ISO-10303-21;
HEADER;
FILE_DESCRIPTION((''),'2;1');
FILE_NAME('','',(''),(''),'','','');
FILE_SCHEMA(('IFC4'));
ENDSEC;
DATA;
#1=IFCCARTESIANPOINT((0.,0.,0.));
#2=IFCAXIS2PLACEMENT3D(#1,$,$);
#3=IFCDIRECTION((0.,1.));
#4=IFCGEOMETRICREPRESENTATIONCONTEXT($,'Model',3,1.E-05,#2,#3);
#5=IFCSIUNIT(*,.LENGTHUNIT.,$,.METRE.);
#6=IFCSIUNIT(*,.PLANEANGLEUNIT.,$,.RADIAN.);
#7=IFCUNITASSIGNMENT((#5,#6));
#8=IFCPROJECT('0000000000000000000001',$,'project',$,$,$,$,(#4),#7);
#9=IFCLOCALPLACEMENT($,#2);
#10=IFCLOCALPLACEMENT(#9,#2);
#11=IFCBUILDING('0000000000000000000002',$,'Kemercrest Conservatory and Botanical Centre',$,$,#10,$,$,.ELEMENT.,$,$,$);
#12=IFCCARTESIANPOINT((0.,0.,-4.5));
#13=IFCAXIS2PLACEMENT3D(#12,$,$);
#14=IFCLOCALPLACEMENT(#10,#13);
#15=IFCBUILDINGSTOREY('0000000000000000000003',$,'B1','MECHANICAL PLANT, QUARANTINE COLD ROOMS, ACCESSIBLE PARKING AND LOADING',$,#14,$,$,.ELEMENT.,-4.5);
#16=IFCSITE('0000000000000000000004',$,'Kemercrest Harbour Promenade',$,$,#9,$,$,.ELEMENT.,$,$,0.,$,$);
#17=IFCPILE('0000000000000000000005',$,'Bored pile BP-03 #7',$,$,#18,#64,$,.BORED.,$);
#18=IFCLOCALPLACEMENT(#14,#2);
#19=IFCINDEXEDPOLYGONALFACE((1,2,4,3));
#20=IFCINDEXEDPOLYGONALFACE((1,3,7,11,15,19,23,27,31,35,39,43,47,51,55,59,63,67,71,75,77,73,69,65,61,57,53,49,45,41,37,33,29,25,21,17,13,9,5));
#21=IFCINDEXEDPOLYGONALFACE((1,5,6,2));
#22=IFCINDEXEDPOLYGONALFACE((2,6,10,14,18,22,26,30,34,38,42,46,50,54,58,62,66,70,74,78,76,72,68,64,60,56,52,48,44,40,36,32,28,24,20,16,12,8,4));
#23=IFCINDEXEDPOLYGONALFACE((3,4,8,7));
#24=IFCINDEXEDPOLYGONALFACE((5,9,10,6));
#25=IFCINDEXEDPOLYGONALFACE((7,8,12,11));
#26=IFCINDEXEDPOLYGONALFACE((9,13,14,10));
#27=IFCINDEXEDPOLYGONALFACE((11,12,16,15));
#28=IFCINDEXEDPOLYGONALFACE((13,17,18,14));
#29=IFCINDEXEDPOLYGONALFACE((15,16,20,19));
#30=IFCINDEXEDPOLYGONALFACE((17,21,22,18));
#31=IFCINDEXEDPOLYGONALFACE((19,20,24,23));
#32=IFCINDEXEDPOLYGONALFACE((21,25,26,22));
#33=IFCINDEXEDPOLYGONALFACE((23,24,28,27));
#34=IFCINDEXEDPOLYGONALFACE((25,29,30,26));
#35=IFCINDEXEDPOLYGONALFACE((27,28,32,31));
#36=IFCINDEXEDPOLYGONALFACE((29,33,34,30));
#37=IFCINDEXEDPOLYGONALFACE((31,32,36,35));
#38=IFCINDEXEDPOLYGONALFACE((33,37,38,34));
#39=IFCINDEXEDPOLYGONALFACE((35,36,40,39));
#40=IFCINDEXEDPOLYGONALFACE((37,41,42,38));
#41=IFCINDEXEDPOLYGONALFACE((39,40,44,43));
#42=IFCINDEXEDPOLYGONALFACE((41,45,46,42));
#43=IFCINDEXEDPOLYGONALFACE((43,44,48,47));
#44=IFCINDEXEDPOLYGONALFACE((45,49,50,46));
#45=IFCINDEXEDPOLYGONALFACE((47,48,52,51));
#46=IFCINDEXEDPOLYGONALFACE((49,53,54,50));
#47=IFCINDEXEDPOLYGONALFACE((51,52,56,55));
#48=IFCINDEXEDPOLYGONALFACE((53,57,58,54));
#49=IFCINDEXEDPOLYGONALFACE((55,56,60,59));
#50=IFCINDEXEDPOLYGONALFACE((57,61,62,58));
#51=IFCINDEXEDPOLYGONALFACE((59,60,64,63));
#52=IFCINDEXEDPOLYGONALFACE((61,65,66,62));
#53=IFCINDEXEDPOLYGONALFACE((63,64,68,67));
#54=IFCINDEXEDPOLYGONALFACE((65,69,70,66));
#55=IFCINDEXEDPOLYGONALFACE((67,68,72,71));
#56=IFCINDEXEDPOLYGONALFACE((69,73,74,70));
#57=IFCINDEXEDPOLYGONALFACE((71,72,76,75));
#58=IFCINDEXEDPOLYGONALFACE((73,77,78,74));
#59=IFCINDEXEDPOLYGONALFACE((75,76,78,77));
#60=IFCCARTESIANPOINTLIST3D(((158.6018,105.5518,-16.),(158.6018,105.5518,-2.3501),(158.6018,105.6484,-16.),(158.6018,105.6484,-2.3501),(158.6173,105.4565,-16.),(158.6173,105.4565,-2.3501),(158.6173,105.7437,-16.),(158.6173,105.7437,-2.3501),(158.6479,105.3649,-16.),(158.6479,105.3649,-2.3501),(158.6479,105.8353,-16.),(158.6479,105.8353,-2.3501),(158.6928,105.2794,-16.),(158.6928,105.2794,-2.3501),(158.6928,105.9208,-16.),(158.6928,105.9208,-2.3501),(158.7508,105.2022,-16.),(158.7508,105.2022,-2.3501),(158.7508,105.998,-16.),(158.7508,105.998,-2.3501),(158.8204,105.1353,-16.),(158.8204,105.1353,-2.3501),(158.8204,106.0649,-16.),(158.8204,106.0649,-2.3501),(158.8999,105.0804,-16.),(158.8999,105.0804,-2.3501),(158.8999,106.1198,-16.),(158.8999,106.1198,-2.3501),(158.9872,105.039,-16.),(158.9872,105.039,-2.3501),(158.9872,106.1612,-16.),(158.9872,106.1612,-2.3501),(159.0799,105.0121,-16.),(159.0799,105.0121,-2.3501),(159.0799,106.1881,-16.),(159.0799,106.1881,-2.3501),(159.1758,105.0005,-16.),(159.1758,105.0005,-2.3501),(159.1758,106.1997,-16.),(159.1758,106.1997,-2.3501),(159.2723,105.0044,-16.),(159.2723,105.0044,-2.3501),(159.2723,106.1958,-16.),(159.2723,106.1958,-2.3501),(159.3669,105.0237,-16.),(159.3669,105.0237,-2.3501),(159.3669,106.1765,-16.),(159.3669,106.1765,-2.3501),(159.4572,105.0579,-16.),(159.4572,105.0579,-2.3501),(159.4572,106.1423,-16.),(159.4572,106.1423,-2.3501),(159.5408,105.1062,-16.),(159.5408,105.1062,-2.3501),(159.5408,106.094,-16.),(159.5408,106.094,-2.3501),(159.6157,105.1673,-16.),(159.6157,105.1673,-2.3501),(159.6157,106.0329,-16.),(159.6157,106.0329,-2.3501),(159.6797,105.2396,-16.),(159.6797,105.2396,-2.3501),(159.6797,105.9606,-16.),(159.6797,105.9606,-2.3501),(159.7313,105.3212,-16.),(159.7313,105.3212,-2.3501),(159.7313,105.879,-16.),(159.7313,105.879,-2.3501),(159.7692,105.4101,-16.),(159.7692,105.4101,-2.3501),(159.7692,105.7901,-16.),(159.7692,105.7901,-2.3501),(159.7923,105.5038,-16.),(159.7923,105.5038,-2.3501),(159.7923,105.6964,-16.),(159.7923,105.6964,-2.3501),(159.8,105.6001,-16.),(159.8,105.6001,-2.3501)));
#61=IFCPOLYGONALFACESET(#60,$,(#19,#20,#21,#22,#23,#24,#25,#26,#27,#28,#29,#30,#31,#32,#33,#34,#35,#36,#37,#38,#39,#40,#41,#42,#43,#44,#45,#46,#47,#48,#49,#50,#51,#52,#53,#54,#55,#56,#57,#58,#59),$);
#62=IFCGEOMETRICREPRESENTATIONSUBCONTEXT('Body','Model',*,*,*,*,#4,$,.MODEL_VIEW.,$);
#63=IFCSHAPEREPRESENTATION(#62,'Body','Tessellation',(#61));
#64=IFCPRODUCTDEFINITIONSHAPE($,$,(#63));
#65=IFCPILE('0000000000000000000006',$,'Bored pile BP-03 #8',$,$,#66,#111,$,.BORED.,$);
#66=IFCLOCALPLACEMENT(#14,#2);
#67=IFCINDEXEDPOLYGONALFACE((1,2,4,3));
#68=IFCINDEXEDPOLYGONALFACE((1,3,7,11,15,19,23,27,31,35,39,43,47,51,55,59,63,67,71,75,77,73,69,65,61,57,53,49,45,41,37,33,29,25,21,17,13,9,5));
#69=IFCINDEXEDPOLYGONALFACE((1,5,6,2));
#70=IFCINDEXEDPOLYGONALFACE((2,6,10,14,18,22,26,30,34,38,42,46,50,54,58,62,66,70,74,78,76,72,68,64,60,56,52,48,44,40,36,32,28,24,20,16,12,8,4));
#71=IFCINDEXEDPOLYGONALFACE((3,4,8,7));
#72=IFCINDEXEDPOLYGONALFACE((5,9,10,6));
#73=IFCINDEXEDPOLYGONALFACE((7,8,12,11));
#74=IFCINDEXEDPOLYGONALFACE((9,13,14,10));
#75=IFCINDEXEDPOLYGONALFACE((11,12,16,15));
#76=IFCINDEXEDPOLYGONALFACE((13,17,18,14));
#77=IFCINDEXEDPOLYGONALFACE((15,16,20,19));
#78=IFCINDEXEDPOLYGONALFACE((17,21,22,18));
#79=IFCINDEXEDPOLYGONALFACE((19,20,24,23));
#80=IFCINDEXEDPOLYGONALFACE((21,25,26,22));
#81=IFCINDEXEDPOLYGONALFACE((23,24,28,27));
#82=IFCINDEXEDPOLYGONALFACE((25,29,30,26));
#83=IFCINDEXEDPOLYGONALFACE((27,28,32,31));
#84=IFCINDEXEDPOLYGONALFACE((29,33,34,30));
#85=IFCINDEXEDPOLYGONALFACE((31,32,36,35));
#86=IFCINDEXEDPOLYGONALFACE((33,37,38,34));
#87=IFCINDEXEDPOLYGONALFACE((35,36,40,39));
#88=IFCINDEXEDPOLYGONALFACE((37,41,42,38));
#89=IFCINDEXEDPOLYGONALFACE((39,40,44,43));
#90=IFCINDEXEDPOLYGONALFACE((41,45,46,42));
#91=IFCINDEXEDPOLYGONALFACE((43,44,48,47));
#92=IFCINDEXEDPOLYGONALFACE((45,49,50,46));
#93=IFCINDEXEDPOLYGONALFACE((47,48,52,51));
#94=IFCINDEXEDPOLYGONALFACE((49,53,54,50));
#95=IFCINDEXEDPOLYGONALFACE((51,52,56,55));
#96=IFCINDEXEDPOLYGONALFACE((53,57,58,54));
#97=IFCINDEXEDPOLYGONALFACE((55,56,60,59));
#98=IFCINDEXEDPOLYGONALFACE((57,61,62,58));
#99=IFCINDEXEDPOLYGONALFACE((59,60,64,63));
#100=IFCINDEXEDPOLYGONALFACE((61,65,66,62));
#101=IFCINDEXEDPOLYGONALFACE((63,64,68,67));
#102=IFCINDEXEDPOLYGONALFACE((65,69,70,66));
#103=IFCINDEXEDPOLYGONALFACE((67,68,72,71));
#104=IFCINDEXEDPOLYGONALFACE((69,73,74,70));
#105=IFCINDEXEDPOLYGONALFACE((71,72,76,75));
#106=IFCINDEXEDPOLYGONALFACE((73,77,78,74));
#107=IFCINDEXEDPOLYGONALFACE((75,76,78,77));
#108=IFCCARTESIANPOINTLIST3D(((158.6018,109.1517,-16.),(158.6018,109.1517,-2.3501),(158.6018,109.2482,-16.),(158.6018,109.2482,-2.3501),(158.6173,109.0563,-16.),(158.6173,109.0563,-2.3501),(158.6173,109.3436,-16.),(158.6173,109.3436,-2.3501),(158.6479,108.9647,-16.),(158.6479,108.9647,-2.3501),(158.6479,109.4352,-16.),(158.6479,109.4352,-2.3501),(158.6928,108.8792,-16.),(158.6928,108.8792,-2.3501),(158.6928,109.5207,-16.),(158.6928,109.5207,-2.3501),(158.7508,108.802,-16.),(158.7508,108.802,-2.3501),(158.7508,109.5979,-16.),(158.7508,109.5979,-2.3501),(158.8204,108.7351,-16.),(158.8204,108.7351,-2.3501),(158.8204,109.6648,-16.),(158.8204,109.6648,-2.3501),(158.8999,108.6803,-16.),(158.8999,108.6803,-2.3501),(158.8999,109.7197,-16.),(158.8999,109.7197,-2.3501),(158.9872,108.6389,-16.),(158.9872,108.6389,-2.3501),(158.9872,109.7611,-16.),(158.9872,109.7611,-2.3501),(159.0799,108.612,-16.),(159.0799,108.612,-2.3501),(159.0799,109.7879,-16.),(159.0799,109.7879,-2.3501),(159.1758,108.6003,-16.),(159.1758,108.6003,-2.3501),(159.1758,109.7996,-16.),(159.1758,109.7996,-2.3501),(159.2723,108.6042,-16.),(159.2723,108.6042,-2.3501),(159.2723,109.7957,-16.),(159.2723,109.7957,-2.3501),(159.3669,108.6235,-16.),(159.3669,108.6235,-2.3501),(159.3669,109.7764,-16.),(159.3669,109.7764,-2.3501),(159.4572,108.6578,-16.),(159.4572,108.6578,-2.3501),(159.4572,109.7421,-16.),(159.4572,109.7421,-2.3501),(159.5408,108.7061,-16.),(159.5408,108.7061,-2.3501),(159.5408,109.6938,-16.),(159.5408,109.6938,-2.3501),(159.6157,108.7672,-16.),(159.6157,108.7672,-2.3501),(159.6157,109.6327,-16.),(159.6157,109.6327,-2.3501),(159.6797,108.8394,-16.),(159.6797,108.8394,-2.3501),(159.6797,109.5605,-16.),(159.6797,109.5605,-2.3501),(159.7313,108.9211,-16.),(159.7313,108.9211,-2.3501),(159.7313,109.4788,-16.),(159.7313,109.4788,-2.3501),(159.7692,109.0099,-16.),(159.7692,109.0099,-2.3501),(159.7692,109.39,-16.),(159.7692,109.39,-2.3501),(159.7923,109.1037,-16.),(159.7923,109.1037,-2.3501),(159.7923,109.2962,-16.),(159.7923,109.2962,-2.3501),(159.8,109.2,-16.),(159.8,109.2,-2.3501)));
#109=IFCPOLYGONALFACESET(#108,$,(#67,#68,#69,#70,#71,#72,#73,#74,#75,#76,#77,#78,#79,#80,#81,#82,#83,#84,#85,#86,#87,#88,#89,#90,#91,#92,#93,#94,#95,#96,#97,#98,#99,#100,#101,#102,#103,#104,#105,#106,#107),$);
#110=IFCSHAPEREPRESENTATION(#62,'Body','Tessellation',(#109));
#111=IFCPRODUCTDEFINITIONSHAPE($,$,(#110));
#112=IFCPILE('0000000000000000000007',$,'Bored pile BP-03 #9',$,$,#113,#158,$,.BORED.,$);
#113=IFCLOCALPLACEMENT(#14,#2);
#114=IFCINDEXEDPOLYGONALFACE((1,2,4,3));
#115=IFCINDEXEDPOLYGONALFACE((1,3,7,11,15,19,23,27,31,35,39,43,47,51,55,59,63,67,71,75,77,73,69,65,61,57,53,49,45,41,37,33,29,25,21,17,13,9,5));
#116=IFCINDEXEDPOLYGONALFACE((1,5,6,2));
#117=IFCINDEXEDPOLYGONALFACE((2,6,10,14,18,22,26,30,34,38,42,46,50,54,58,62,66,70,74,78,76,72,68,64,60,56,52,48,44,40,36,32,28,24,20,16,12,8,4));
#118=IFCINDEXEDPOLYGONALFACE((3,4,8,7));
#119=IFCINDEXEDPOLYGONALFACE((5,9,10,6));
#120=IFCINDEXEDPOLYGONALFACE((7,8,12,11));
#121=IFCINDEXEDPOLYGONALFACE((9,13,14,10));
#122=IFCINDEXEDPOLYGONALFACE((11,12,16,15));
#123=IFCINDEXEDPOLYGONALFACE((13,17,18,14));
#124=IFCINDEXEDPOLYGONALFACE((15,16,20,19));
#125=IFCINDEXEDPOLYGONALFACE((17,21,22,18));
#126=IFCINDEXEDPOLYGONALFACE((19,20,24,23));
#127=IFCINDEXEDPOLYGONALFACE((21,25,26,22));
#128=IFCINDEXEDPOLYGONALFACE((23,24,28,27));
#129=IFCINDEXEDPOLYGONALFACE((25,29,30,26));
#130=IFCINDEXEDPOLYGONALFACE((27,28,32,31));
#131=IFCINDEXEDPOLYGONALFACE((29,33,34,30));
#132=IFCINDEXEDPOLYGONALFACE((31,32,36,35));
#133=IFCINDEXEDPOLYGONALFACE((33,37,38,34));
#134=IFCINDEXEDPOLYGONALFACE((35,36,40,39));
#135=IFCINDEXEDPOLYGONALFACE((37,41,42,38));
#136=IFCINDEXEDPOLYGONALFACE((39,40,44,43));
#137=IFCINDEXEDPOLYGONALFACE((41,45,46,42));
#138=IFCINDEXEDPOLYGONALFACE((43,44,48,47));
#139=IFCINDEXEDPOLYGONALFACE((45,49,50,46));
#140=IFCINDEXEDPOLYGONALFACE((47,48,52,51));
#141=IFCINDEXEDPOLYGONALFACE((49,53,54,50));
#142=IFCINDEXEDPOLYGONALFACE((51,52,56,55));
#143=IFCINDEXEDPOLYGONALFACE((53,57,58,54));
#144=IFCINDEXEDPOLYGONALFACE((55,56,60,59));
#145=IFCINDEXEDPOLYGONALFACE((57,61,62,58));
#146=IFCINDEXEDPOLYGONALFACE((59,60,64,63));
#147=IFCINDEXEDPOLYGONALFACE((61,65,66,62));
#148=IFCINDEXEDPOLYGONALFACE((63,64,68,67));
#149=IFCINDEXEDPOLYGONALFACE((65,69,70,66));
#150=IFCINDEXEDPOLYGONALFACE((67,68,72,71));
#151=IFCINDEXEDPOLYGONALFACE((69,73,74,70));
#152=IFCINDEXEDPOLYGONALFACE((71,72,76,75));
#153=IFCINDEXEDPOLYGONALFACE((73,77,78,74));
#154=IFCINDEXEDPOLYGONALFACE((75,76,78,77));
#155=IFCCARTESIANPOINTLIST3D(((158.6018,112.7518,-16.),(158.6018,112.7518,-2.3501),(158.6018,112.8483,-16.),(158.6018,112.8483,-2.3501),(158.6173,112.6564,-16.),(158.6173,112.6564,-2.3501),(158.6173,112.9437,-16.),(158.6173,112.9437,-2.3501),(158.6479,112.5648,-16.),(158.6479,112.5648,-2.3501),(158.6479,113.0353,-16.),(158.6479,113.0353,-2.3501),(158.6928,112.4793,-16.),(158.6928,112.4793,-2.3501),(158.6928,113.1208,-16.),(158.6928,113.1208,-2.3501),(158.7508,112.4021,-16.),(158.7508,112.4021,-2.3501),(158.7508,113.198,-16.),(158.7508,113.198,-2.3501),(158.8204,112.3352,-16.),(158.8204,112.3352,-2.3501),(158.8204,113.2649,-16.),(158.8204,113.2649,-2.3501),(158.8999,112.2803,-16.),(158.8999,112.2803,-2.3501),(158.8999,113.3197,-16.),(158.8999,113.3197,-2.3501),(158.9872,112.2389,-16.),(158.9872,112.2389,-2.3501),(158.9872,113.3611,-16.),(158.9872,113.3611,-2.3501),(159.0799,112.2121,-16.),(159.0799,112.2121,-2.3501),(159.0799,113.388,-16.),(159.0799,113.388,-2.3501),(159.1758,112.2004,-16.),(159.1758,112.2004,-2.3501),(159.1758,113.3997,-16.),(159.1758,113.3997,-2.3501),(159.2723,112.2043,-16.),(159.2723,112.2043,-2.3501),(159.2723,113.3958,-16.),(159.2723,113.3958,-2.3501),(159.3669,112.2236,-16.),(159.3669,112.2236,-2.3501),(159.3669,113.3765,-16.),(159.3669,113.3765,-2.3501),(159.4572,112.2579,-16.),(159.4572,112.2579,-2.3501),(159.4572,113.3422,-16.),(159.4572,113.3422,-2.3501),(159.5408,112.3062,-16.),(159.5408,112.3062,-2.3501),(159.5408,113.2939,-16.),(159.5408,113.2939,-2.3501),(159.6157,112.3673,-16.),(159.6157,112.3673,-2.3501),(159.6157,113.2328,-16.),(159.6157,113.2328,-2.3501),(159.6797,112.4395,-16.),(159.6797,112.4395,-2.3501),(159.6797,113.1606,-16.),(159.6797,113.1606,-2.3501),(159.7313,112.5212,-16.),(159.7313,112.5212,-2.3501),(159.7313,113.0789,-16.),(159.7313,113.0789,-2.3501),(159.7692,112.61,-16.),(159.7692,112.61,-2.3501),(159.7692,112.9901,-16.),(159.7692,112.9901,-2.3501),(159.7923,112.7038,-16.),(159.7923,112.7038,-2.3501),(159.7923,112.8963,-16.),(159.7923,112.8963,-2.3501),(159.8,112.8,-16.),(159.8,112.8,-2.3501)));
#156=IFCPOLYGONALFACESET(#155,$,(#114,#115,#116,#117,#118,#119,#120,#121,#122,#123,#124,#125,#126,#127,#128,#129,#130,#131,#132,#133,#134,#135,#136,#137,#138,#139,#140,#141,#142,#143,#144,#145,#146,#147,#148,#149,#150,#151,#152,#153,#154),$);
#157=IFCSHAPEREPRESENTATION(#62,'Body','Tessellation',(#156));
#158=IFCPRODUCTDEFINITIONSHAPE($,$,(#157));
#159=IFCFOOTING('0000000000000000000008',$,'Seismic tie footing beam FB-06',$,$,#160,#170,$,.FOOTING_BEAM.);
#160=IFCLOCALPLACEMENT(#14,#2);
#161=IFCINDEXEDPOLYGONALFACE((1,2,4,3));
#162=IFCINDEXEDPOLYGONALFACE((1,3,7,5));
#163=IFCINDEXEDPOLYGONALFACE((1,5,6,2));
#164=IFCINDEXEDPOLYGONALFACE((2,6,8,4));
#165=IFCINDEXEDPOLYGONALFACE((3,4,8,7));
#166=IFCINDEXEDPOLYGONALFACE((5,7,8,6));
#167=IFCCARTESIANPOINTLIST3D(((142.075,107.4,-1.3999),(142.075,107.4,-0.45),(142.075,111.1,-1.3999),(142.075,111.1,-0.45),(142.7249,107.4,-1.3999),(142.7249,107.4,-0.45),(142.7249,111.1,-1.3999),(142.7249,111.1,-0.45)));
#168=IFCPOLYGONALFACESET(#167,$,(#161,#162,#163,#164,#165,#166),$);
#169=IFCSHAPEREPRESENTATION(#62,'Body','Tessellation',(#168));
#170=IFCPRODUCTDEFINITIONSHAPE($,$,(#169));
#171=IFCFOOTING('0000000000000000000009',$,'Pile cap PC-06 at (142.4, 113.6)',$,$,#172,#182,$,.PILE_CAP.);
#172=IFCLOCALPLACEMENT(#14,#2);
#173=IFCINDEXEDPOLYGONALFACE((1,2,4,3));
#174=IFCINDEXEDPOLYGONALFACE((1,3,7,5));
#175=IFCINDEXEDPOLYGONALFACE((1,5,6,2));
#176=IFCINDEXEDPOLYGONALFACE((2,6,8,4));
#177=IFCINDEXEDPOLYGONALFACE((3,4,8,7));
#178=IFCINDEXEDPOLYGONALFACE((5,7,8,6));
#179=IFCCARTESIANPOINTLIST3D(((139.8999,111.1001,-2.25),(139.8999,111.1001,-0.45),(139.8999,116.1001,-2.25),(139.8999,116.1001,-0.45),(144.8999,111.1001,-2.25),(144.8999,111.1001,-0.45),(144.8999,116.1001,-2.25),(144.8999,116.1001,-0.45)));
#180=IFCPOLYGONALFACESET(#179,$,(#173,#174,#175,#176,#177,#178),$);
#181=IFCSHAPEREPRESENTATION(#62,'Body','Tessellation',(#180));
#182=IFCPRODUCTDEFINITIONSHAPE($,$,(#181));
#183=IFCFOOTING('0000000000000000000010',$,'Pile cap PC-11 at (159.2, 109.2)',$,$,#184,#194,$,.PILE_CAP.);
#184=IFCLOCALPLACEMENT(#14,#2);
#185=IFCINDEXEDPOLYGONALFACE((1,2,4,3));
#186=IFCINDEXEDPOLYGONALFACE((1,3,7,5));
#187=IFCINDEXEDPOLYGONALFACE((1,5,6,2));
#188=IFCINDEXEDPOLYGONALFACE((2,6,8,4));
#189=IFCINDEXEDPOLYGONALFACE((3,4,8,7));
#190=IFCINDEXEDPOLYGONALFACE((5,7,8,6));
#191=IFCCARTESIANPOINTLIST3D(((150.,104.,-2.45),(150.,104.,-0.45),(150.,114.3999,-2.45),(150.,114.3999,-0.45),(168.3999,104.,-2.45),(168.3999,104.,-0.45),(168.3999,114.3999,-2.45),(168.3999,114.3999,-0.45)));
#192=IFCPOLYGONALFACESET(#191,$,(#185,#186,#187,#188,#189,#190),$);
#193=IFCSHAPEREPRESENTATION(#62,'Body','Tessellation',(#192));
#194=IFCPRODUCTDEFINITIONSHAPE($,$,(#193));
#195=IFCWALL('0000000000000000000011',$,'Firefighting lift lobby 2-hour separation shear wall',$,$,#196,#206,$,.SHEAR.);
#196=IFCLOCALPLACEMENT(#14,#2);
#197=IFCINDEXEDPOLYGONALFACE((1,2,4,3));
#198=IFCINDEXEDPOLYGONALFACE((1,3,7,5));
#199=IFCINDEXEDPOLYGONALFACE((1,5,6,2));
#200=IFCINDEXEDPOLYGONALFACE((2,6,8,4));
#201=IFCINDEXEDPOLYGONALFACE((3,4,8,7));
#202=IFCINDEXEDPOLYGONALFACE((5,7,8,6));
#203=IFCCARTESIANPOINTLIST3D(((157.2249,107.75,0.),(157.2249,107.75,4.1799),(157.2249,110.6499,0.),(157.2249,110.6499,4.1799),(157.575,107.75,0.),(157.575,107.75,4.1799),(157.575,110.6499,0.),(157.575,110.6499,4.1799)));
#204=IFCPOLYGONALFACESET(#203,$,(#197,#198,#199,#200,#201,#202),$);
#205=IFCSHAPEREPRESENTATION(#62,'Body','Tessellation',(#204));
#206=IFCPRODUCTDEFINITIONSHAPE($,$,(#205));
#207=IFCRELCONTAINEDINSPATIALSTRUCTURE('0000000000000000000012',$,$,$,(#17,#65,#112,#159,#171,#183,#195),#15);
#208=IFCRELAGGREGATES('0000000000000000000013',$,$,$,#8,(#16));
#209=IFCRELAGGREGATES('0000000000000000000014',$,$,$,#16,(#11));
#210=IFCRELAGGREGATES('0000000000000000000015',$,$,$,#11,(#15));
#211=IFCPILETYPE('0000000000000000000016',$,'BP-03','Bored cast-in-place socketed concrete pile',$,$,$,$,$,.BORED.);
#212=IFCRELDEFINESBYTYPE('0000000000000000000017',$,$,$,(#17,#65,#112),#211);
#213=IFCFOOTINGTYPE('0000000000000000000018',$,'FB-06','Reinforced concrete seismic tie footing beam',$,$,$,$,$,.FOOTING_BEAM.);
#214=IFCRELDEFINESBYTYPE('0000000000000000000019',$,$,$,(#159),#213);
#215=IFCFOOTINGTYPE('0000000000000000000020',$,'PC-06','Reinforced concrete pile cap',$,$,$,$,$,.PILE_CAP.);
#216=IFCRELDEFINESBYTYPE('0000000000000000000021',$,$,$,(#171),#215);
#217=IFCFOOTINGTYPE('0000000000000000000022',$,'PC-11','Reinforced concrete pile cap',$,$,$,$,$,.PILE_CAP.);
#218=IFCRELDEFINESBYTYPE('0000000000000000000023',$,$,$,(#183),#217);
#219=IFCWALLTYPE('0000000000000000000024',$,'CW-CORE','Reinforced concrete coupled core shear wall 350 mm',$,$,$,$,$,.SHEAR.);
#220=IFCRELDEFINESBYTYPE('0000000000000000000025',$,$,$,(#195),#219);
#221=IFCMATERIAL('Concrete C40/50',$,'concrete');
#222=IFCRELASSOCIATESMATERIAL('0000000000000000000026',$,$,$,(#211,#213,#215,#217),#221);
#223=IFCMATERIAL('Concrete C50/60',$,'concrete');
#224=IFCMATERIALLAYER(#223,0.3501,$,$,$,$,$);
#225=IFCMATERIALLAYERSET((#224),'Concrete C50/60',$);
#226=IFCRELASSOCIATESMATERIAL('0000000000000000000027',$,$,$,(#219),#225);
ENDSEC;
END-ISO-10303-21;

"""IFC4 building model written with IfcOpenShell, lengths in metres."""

from ifc_helpers import new_model, si_unit, direction, frame, frame_2d, origin, origin_2d, place, context, subcontext, project, spatial, rectangle, circle, extrude, material, layer, layer_set, material_profile, profile_set, type_object, element, save


model = new_model("IFC4")

# Units and contexts
model_context = context("Model", 3, precision=1e-05, world=origin(), true_north=direction((0.0, 1.0)))
body_context = subcontext(model_context, "Body", "Model", "MODEL_VIEW")
ifc_project = project(units=[si_unit("LENGTHUNIT", "METRE"), si_unit("PLANEANGLEUNIT", "RADIAN")], contexts=[model_context])

# Site, building, storey
site_placement = place(None, origin())
site = spatial("IfcSite", under=ifc_project, at=site_placement, Name="Kemercrest Harbour Promenade", CompositionType="ELEMENT", RefElevation=0.0)
building_placement = place(site_placement, origin())
building = spatial("IfcBuilding", under=site, at=building_placement, Name="Kemercrest Conservatory and Botanical Centre", CompositionType="ELEMENT")
storey_placement = place(building_placement, frame((0.0, 0.0, -4.5)))
storey = spatial("IfcBuildingStorey", under=building, at=storey_placement, Name="B1", Description="MECHANICAL PLANT, QUARANTINE COLD ROOMS, ACCESSIBLE PARKING AND LOADING", CompositionType="ELEMENT", Elevation=-4.5)

# Piles
ifc_material_1 = material(Name="Concrete C40/50", Category="concrete")
ifc_material_profile_1 = material_profile(ifc_material_1, circle(Radius=0.6001, at=origin_2d()), Name="BORED PILE 1200")
ifc_profile_set_1 = profile_set([ifc_material_profile_1], Name="Concrete C40/50")
pile_type_1 = type_object("IfcPileType", Name="BP-03", Description="Bored cast-in-place socketed concrete pile", PredefinedType="BORED", material=ifc_profile_set_1)
for number, where, z_axis, x_axis, name in (
    (1, (159.2, 105.6001, -2.3501), (0.0, 0.0, -1.0), (1.0, 0.0, 0.0), "Bored pile BP-03 #7"),
    (2, (159.2, 109.2, -2.3501), (0.0, 0.0, -1.0), (1.0, 0.0, 0.0), "Bored pile BP-03 #8"),
    (3, (159.2, 112.8, -2.3501), (0.0, 0.0, -1.0), (1.0, 0.0, 0.0), "Bored pile BP-03 #9"),
):
    element("IfcPile", number, at=place(storey_placement, frame(where, z_axis=z_axis, x_axis=x_axis)), inside=storey, type_object=pile_type_1, Name=name, PredefinedType="BORED", context=body_context, shape_type="SweptSolid", body=[
        extrude(circle(Radius=0.6001, at=origin_2d()), origin(), (0.0, 0.0, 1.0), 13.6499),
    ])

# Footings
footing_type_1 = type_object("IfcFootingType", Name="FB-06", Description="Reinforced concrete seismic tie footing beam", PredefinedType="FOOTING_BEAM", material=ifc_material_1)
footing_1_placement = place(storey_placement, frame((142.3999, 109.25, -1.3999), z_axis=(0.0, 0.0, 1.0), x_axis=(1.0, 0.0, 0.0)))
element("IfcFooting", 4, at=footing_1_placement, inside=storey, type_object=footing_type_1, Name="Seismic tie footing beam FB-06", PredefinedType="FOOTING_BEAM", context=body_context, shape_type="SweptSolid", body=[
    extrude(rectangle(XDim=0.6499, YDim=3.7, at=origin_2d()), origin(), (0.0, 0.0, 1.0), 0.95),
])
footing_type_2 = type_object("IfcFootingType", Name="PC-06", Description="Reinforced concrete pile cap", PredefinedType="PILE_CAP", material=ifc_material_1)
footing_2_placement = place(storey_placement, frame((142.3999, 113.6001, -2.25), z_axis=(0.0, 0.0, 1.0), x_axis=(1.0, 0.0, 0.0)))
element("IfcFooting", 5, at=footing_2_placement, inside=storey, type_object=footing_type_2, Name="Pile cap PC-06 at (142.4, 113.6)", PredefinedType="PILE_CAP", context=body_context, shape_type="SweptSolid", body=[
    extrude(rectangle(XDim=5.0, YDim=5.0, at=origin_2d()), origin(), (0.0, 0.0, 1.0), 1.8),
])
footing_type_3 = type_object("IfcFootingType", Name="PC-11", Description="Reinforced concrete pile cap", PredefinedType="PILE_CAP", material=ifc_material_1)
footing_3_placement = place(storey_placement, frame((159.2, 109.2, -2.45), z_axis=(0.0, 0.0, 1.0), x_axis=(1.0, 0.0, 0.0)))
element("IfcFooting", 6, at=footing_3_placement, inside=storey, type_object=footing_type_3, Name="Pile cap PC-11 at (159.2, 109.2)", PredefinedType="PILE_CAP", context=body_context, shape_type="SweptSolid", body=[
    extrude(rectangle(XDim=18.3999, YDim=10.3999, at=origin_2d()), origin(), (0.0, 0.0, 1.0), 2.0),
])

# Wall
ifc_material_2 = material(Name="Concrete C50/60", Category="concrete")
ifc_layer_1 = layer(ifc_material_2, 0.3501)
ifc_layer_set_1 = layer_set([ifc_layer_1], Name="Concrete C50/60")
wall_type_1 = type_object("IfcWallType", Name="CW-CORE", Description="Reinforced concrete coupled core shear wall 350 mm", PredefinedType="SHEAR", material=ifc_layer_set_1)
wall_1_placement = place(storey_placement, frame((157.3999, 107.75, 0.0), z_axis=(0.0, 0.0, 1.0), x_axis=(0.0, 1.0, 0.0)))
element("IfcWall", 7, at=wall_1_placement, inside=storey, type_object=wall_type_1, Name="Firefighting lift lobby 2-hour separation shear wall", PredefinedType="SHEAR", context=body_context, shape_type="SweptSolid", body=[
    extrude(rectangle(XDim=2.8999, YDim=0.3501, at=frame_2d((1.45, 0.0))), origin(), (0.0, 0.0, 1.0), 4.1799),
])

save(model, "model.ifc")
